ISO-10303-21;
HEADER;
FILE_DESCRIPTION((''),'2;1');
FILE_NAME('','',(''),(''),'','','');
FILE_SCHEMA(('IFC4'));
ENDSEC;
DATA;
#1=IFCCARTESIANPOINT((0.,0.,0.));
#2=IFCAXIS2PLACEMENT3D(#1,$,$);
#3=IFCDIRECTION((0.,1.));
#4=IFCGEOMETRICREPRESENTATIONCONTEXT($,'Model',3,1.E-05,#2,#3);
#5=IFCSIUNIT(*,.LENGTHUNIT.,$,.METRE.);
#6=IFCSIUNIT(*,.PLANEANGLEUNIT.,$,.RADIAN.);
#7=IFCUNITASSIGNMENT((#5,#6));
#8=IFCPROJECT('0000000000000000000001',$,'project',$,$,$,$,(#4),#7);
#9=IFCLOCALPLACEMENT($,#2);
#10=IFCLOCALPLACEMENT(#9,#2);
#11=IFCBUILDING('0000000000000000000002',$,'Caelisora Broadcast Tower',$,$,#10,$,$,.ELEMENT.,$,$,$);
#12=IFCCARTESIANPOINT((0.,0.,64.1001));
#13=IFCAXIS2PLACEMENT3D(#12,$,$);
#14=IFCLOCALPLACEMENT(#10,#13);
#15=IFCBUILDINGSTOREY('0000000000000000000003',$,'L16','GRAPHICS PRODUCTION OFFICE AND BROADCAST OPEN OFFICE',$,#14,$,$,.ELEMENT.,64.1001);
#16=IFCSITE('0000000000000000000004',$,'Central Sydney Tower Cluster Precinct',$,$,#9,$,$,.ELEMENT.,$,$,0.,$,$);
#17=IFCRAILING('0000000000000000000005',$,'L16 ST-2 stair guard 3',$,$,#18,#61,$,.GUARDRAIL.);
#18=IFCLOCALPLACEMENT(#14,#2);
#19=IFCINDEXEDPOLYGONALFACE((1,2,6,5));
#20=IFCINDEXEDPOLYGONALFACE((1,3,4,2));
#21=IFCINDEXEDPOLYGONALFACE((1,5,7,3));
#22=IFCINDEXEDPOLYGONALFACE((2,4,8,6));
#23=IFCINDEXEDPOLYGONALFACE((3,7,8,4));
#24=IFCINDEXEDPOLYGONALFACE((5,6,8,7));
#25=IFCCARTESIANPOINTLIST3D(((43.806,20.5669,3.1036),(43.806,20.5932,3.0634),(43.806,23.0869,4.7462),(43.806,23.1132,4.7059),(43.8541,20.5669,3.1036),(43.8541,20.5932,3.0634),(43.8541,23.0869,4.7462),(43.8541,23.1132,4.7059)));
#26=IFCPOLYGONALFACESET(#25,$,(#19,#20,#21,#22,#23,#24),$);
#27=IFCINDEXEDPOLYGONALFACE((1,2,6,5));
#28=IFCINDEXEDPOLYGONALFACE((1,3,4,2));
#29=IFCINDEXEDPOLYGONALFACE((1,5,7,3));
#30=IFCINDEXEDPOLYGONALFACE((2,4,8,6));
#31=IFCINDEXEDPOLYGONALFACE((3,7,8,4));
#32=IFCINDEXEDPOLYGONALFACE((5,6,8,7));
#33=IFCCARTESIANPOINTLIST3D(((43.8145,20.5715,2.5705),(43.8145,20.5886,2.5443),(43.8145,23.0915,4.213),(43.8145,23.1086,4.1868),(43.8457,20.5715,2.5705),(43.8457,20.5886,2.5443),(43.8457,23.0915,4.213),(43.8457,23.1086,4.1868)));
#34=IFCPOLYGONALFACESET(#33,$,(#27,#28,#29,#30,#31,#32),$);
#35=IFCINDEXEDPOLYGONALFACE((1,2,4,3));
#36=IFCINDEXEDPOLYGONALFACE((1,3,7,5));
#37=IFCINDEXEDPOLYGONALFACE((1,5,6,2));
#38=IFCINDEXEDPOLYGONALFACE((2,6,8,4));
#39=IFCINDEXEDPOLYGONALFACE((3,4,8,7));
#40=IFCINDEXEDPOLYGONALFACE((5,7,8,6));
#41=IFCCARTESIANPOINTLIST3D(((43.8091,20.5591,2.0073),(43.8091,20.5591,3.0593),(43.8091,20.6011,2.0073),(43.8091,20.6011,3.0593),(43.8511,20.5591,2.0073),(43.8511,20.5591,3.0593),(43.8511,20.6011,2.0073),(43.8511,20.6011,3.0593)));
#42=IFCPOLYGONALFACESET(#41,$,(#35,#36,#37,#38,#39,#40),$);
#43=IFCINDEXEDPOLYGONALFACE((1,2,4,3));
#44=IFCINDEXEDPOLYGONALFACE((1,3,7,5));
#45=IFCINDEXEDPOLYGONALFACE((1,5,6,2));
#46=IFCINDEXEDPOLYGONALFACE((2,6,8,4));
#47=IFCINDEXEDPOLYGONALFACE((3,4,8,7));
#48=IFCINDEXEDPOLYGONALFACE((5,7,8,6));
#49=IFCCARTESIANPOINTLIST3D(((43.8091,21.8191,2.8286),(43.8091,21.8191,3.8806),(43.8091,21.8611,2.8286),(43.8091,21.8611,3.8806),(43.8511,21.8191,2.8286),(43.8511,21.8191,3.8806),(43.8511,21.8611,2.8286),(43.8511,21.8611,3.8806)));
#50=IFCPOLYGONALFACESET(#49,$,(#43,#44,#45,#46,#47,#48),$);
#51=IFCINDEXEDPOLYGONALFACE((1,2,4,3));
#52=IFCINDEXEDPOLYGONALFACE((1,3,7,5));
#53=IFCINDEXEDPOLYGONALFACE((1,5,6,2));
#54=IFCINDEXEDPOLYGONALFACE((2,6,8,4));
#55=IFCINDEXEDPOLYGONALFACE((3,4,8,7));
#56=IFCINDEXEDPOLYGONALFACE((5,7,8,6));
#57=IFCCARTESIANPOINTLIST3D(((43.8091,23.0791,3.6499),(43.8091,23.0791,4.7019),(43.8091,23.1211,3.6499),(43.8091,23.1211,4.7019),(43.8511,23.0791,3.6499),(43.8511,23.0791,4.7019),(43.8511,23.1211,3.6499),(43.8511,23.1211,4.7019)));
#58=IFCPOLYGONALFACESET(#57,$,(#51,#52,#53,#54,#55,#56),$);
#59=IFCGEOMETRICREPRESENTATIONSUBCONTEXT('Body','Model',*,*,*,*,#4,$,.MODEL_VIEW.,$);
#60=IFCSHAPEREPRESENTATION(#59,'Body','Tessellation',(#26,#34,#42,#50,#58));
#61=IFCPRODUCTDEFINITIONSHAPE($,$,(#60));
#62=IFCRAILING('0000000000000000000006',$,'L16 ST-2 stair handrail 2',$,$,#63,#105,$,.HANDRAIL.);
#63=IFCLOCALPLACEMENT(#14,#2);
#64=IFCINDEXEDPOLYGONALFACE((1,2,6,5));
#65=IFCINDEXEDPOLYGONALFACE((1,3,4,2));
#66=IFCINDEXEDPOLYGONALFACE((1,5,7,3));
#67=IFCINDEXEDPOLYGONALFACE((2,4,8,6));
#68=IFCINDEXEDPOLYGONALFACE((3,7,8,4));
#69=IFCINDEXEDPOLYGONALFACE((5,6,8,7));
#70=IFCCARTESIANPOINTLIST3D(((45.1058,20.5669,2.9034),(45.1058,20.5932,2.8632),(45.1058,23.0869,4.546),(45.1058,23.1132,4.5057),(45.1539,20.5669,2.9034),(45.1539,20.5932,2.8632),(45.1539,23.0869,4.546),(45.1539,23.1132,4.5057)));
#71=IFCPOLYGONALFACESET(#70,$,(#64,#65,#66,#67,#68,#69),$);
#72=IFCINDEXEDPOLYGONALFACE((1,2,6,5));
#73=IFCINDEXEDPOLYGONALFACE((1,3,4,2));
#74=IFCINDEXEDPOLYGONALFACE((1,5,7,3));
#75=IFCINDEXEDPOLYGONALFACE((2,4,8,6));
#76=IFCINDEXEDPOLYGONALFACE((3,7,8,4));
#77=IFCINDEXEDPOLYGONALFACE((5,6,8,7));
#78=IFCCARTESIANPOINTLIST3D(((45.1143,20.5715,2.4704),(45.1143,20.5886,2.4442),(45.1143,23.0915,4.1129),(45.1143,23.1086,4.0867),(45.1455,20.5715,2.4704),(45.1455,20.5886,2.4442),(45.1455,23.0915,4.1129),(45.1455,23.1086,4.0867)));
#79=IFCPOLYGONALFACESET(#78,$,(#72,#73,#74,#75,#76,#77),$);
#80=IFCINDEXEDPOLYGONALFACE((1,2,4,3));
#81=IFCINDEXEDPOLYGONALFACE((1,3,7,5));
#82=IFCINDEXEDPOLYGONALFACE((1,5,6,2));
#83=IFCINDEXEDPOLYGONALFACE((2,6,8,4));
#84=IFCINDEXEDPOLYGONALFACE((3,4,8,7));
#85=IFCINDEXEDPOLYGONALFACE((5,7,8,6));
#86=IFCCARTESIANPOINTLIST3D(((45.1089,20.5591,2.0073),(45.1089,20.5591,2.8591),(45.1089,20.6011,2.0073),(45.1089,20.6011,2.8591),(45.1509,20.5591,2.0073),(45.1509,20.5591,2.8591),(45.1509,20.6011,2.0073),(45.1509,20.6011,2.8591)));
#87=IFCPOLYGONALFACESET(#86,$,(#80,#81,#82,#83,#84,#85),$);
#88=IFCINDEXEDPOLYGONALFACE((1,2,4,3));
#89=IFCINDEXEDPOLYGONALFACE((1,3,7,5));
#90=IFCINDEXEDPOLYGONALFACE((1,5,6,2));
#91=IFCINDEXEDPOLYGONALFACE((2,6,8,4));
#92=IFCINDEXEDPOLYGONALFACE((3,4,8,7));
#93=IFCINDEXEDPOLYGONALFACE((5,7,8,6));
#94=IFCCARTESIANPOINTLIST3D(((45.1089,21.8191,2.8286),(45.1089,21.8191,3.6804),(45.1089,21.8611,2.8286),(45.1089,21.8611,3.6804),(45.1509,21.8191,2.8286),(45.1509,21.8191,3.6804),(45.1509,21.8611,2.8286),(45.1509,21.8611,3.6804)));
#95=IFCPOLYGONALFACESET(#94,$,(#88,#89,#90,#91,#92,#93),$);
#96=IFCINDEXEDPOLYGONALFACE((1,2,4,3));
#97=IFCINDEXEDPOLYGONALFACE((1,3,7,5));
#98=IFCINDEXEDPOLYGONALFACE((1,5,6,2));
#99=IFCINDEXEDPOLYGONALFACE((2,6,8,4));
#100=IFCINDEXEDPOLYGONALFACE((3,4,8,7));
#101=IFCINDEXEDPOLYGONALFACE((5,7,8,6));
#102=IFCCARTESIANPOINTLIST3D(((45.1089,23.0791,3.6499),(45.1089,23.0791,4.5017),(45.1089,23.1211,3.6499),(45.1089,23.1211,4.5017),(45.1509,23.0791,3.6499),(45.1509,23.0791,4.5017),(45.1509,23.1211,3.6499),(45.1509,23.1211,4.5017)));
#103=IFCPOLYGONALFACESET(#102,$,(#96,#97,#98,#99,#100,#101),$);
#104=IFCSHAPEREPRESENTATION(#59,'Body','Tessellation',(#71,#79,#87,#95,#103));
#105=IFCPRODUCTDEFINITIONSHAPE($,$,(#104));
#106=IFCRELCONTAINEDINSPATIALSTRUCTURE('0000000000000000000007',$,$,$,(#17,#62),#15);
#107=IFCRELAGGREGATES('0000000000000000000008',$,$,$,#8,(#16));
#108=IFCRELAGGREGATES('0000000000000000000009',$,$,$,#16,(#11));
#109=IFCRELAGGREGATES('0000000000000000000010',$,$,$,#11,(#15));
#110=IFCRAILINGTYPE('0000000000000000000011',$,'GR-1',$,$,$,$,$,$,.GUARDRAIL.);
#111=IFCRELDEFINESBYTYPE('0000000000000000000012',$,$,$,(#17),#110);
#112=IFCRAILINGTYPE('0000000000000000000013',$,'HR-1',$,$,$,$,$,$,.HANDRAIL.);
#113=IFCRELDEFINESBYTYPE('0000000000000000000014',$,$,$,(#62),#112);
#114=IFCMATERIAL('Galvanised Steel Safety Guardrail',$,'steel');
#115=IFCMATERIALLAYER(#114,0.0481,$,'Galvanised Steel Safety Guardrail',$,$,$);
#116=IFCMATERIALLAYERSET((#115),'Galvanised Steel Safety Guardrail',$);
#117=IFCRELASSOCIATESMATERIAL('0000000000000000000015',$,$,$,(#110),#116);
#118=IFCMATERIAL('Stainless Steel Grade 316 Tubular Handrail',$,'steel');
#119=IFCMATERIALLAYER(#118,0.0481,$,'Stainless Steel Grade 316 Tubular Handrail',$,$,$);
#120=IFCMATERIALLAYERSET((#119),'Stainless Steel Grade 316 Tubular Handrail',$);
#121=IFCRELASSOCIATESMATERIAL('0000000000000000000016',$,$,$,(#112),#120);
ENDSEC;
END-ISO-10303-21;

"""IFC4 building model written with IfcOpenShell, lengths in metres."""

from ifc_helpers import new_model, si_unit, direction, frame, origin, origin_2d, place, context, subcontext, project, spatial, rectangle, extrude, material, layer, layer_set, type_object, element, save


model = new_model("IFC4")

# Units and contexts
model_context = context("Model", 3, precision=1e-05, world=origin(), true_north=direction((0.0, 1.0)))
body_context = subcontext(model_context, "Body", "Model", "MODEL_VIEW")
ifc_project = project(units=[si_unit("LENGTHUNIT", "METRE"), si_unit("PLANEANGLEUNIT", "RADIAN")], contexts=[model_context])

# Site, building, storey
site_placement = place(None, origin())
site = spatial("IfcSite", under=ifc_project, at=site_placement, Name="Central Sydney Tower Cluster Precinct", CompositionType="ELEMENT", RefElevation=0.0)
building_placement = place(site_placement, origin())
building = spatial("IfcBuilding", under=site, at=building_placement, Name="Caelisora Broadcast Tower", CompositionType="ELEMENT")
storey_placement = place(building_placement, frame((0.0, 0.0, 64.1001)))
storey = spatial("IfcBuildingStorey", under=building, at=storey_placement, Name="L16", Description="GRAPHICS PRODUCTION OFFICE AND BROADCAST OPEN OFFICE", CompositionType="ELEMENT", Elevation=64.1001)

# Railings
ifc_material_1 = material(Name="Galvanised Steel Safety Guardrail", Category="steel")
ifc_layer_1 = layer(ifc_material_1, 0.0481, Name="Galvanised Steel Safety Guardrail")
ifc_layer_set_1 = layer_set([ifc_layer_1], Name="Galvanised Steel Safety Guardrail")
railing_type_1 = type_object("IfcRailingType", Name="GR-1", PredefinedType="GUARDRAIL", material=ifc_layer_set_1)
railing_1_placement = place(storey_placement, frame((43.8301, 20.5801, 2.0073)))
element("IfcRailing", 1, at=railing_1_placement, inside=storey, type_object=railing_type_1, Name="L16 ST-2 stair guard 3", PredefinedType="GUARDRAIL", context=body_context, shape_type="SweptSolid", body=[
    extrude(rectangle(XDim=0.0481, YDim=0.0481, at=origin_2d()), frame((0.0, 0.0, 1.0762), z_axis=(0.0, 0.837749, 0.546055), x_axis=(-1.0, 0.0, 0.0)), (0.0, 0.0, 1.0), 3.0081),
    extrude(rectangle(XDim=0.0312, YDim=0.0312, at=origin_2d()), frame((0.0, 0.0, 0.55), z_axis=(0.0, 0.837749, 0.546055), x_axis=(-1.0, 0.0, 0.0)), (0.0, 0.0, 1.0), 3.0081),
    extrude(rectangle(XDim=0.042, YDim=0.042, at=origin_2d()), origin(), (0.0, 0.0, 1.0), 1.052),
    extrude(rectangle(XDim=0.042, YDim=0.042, at=origin_2d()), frame((0.0, 1.26, 0.8213)), (0.0, 0.0, 1.0), 1.052),
    extrude(rectangle(XDim=0.042, YDim=0.042, at=origin_2d()), frame((0.0, 2.52, 1.6426)), (0.0, 0.0, 1.0), 1.052),
])
ifc_material_2 = material(Name="Stainless Steel Grade 316 Tubular Handrail", Category="steel")
ifc_layer_2 = layer(ifc_material_2, 0.0481, Name="Stainless Steel Grade 316 Tubular Handrail")
ifc_layer_set_2 = layer_set([ifc_layer_2], Name="Stainless Steel Grade 316 Tubular Handrail")
railing_type_2 = type_object("IfcRailingType", Name="HR-1", PredefinedType="HANDRAIL", material=ifc_layer_set_2)
railing_2_placement = place(storey_placement, frame((45.1299, 20.5801, 2.0073)))
element("IfcRailing", 2, at=railing_2_placement, inside=storey, type_object=railing_type_2, Name="L16 ST-2 stair handrail 2", PredefinedType="HANDRAIL", context=body_context, shape_type="SweptSolid", body=[
    extrude(rectangle(XDim=0.0481, YDim=0.0481, at=origin_2d()), frame((0.0, 0.0, 0.876), z_axis=(0.0, 0.837749, 0.546055), x_axis=(-1.0, 0.0, 0.0)), (0.0, 0.0, 1.0), 3.0081),
    extrude(rectangle(XDim=0.0312, YDim=0.0312, at=origin_2d()), frame((0.0, 0.0, 0.45), z_axis=(0.0, 0.837749, 0.546055), x_axis=(-1.0, 0.0, 0.0)), (0.0, 0.0, 1.0), 3.0081),
    extrude(rectangle(XDim=0.042, YDim=0.042, at=origin_2d()), origin(), (0.0, 0.0, 1.0), 0.8518),
    extrude(rectangle(XDim=0.042, YDim=0.042, at=origin_2d()), frame((0.0, 1.26, 0.8213)), (0.0, 0.0, 1.0), 0.8518),
    extrude(rectangle(XDim=0.042, YDim=0.042, at=origin_2d()), frame((0.0, 2.52, 1.6426)), (0.0, 0.0, 1.0), 0.8518),
])

save(model, "model.ifc")
